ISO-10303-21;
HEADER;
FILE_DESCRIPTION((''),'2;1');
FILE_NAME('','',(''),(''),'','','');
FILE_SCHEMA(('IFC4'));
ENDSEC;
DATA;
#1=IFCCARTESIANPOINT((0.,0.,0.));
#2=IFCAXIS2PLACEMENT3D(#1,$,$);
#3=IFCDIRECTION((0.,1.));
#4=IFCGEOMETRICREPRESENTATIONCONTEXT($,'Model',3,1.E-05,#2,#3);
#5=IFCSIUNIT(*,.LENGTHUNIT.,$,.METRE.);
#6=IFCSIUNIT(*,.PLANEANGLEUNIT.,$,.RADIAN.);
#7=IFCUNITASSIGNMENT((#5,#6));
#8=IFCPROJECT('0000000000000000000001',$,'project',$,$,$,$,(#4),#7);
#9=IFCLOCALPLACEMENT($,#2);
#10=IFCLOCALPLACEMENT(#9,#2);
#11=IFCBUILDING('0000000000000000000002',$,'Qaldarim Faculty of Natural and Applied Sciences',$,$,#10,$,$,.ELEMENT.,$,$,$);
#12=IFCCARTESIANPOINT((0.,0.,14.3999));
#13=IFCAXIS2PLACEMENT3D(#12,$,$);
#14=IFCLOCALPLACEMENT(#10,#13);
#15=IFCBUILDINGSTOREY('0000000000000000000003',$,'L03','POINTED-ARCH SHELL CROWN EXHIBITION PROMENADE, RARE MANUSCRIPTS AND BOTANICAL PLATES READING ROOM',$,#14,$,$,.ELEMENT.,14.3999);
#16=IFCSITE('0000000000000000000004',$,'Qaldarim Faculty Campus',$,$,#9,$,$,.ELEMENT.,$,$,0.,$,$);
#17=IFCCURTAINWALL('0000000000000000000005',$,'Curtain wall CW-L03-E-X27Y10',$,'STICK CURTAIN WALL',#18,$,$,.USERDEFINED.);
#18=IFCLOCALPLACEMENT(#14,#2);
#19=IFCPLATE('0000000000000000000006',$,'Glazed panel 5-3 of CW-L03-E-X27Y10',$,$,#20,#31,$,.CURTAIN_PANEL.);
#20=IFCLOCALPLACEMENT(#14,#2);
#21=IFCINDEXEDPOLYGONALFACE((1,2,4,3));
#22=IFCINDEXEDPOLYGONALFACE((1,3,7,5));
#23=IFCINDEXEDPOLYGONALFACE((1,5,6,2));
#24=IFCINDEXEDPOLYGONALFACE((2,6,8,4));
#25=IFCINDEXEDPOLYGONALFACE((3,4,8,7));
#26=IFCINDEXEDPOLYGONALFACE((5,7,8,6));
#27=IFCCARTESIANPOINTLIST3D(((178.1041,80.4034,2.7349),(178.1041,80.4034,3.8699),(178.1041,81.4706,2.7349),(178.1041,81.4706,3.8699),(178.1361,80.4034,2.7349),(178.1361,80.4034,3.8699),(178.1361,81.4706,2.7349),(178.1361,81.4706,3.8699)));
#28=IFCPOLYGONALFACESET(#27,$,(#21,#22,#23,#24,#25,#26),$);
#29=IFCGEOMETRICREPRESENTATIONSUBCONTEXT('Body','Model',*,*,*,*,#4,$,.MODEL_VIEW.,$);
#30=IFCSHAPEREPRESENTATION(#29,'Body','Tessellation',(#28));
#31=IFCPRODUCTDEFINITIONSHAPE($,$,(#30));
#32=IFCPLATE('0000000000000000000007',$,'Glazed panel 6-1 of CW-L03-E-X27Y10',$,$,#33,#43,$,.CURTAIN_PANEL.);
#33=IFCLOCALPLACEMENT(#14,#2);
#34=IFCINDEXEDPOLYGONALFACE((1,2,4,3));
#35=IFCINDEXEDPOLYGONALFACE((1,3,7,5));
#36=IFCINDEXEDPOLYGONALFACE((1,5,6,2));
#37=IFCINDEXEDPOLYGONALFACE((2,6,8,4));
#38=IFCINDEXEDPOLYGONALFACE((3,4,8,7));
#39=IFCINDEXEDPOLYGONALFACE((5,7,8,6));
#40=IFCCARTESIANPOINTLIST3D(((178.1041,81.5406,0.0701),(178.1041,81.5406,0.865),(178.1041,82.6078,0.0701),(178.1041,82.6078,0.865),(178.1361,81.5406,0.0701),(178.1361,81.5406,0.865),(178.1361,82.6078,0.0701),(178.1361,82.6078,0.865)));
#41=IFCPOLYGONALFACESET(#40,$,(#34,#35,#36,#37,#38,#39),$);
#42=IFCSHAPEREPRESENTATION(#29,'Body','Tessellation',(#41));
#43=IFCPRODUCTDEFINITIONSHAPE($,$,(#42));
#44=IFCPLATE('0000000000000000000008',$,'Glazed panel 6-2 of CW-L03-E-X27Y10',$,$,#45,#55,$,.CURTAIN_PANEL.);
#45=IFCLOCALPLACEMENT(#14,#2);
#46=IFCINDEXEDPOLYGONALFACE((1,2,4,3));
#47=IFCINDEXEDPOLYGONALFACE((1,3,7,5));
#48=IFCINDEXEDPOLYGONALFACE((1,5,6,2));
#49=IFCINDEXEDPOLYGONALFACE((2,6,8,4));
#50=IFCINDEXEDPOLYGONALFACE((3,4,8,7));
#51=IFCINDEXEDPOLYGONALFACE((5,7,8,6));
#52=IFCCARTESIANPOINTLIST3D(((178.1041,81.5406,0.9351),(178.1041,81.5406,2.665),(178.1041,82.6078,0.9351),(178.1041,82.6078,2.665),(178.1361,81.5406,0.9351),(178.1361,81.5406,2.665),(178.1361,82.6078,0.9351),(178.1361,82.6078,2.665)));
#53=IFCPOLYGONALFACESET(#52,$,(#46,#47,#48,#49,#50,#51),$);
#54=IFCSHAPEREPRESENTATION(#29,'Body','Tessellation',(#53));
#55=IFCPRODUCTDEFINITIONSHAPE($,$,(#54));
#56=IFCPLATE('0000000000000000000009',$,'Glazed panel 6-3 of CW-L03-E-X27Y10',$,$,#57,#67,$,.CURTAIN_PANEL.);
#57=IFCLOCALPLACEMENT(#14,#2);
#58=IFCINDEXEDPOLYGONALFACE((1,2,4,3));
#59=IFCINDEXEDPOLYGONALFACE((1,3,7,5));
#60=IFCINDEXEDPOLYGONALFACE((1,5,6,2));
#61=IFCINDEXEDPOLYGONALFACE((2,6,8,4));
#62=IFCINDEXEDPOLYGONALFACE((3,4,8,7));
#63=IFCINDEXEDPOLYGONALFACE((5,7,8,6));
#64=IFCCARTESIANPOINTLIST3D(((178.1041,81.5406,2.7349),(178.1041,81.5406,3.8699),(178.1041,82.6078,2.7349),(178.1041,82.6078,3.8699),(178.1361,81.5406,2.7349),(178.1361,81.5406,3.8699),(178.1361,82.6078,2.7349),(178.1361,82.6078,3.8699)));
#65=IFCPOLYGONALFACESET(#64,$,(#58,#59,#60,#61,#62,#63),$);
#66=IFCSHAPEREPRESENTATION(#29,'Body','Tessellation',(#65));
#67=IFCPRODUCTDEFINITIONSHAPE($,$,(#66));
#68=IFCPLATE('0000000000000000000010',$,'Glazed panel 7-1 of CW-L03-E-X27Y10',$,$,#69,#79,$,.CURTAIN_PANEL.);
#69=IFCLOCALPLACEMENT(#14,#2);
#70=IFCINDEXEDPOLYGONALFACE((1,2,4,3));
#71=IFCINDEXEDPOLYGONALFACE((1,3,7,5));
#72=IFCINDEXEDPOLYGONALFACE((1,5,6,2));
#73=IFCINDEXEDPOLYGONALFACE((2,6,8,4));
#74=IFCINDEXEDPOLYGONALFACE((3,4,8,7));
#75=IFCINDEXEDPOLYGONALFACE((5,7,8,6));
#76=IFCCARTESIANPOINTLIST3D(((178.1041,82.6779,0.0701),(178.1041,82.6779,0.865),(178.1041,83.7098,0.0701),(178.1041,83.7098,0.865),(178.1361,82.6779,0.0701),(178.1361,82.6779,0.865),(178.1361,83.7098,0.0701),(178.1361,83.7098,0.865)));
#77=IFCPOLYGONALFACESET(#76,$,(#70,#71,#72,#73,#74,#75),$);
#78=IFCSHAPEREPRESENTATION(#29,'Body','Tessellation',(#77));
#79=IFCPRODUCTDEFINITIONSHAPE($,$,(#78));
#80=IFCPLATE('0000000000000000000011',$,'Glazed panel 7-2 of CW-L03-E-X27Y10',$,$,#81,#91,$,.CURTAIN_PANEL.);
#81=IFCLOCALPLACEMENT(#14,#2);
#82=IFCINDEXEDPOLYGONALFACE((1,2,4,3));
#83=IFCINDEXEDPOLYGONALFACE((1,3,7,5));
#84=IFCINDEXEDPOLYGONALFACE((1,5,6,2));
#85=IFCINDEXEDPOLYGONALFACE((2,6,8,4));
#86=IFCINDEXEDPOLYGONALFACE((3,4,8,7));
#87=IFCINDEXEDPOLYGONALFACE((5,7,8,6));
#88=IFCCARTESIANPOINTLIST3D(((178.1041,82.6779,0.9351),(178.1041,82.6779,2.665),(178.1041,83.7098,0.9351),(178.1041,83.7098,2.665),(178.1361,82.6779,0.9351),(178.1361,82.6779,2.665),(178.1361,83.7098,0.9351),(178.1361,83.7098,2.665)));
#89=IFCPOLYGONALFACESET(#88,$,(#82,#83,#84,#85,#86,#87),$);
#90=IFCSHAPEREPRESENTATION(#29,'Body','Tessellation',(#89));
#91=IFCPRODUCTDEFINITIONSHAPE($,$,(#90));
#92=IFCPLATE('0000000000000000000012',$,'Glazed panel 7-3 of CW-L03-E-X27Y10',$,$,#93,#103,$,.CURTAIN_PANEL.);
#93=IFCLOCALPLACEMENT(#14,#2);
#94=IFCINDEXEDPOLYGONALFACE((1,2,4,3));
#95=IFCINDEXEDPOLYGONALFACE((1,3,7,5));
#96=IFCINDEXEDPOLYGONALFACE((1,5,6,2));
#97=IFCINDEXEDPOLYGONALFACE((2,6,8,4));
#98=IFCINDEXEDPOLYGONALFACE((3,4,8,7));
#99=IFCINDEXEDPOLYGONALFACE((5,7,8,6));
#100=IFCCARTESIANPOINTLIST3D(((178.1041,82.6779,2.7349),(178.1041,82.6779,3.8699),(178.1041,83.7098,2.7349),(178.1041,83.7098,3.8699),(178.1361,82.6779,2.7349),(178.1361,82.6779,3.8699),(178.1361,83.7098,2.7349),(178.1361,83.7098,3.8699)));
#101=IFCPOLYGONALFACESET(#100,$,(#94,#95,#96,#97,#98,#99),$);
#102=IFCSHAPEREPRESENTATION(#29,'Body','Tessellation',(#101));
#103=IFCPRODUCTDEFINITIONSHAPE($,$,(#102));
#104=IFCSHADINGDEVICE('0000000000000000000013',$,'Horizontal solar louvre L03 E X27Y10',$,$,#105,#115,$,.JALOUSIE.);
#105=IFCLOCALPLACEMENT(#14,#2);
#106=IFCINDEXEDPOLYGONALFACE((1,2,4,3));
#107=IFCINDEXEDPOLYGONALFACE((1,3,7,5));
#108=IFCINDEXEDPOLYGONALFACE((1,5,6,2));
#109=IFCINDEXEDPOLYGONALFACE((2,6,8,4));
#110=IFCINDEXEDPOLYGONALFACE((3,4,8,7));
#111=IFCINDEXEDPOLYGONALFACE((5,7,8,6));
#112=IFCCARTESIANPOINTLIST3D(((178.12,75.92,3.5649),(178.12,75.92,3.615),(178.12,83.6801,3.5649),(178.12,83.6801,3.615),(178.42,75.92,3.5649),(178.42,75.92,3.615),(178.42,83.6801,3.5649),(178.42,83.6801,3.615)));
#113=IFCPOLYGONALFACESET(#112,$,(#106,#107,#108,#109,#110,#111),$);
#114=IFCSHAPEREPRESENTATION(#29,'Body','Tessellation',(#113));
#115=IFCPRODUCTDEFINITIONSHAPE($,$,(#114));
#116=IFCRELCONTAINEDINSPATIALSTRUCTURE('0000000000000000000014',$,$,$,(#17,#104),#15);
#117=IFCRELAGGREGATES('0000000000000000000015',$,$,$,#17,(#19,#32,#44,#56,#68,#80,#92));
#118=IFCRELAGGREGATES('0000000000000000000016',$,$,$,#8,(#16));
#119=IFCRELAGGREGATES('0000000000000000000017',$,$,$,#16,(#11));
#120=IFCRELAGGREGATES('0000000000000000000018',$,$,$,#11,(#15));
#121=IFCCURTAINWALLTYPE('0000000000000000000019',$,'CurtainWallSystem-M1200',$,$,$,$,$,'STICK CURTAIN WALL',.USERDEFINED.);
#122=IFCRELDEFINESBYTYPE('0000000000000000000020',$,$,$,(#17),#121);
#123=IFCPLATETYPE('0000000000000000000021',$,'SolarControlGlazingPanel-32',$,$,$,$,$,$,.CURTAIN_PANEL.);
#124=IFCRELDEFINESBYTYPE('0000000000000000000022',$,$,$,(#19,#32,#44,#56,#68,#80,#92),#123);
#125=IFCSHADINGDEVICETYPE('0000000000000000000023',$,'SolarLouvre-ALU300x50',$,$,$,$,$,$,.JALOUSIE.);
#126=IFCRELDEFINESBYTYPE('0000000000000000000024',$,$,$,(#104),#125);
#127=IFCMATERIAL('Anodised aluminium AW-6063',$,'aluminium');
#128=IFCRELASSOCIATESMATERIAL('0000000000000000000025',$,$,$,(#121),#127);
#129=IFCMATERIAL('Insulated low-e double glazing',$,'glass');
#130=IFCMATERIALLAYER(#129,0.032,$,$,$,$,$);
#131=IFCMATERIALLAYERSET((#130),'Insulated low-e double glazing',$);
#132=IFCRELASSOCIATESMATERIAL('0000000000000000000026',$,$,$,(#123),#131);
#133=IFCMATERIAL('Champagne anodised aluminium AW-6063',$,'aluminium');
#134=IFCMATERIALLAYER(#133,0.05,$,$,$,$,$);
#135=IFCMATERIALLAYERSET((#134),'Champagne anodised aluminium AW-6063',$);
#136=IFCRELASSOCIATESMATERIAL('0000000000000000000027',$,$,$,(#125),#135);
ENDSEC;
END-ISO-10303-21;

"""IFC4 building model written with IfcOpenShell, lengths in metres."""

from ifc_helpers import new_model, si_unit, direction, frame, origin, origin_2d, place, context, subcontext, project, spatial, rectangle, extrude, material, layer, layer_set, type_object, element, aggregate, save


model = new_model("IFC4")

# Units and contexts
model_context = context("Model", 3, precision=1e-05, world=origin(), true_north=direction((0.0, 1.0)))
body_context = subcontext(model_context, "Body", "Model", "MODEL_VIEW")
ifc_project = project(units=[si_unit("LENGTHUNIT", "METRE"), si_unit("PLANEANGLEUNIT", "RADIAN")], contexts=[model_context])

# Site, building, storey
site_placement = place(None, origin())
site = spatial("IfcSite", under=ifc_project, at=site_placement, Name="Qaldarim Faculty Campus", CompositionType="ELEMENT", RefElevation=0.0)
building_placement = place(site_placement, origin())
building = spatial("IfcBuilding", under=site, at=building_placement, Name="Qaldarim Faculty of Natural and Applied Sciences", CompositionType="ELEMENT")
storey_placement = place(building_placement, frame((0.0, 0.0, 14.3999)))
storey = spatial("IfcBuildingStorey", under=building, at=storey_placement, Name="L03", Description="POINTED-ARCH SHELL CROWN EXHIBITION PROMENADE, RARE MANUSCRIPTS AND BOTANICAL PLATES READING ROOM", CompositionType="ELEMENT", Elevation=14.3999)

# Curtain wall, plates
ifc_material_1 = material(Name="Anodised aluminium AW-6063", Category="aluminium")
curtain_wall_type = type_object("IfcCurtainWallType", Name="CurtainWallSystem-M1200", ElementType="STICK CURTAIN WALL", PredefinedType="USERDEFINED", material=ifc_material_1)
curtain_wall_placement = place(storey_placement, origin())
curtain_wall = element("IfcCurtainWall", 1, at=curtain_wall_placement, inside=storey, type_object=curtain_wall_type, Name="Curtain wall CW-L03-E-X27Y10", ObjectType="STICK CURTAIN WALL", PredefinedType="USERDEFINED")
ifc_material_2 = material(Name="Insulated low-e double glazing", Category="glass")
ifc_layer_1 = layer(ifc_material_2, 0.032)
ifc_layer_set_1 = layer_set([ifc_layer_1], Name="Insulated low-e double glazing")
plate_type = type_object("IfcPlateType", Name="SolarControlGlazingPanel-32", PredefinedType="CURTAIN_PANEL", material=ifc_layer_set_1)
plate_1_placement = place(storey_placement, frame((178.1201, 80.937, 2.7349), z_axis=(0.0, 0.0, 1.0), x_axis=(0.0, 1.0, 0.0)))
plate_1 = element("IfcPlate", 2, at=plate_1_placement, type_object=plate_type, Name="Glazed panel 5-3 of CW-L03-E-X27Y10", PredefinedType="CURTAIN_PANEL", context=body_context, shape_type="SweptSolid", body=[
    extrude(rectangle(XDim=1.0671, YDim=0.032, at=origin_2d()), origin(), (0.0, 0.0, 1.0), 1.135),
])
plate_2_placement = place(storey_placement, frame((178.1201, 82.0742, 0.0701), z_axis=(0.0, 0.0, 1.0), x_axis=(0.0, 1.0, 0.0)))
plate_2 = element("IfcPlate", 3, at=plate_2_placement, type_object=plate_type, Name="Glazed panel 6-1 of CW-L03-E-X27Y10", PredefinedType="CURTAIN_PANEL", context=body_context, shape_type="SweptSolid", body=[
    extrude(rectangle(XDim=1.0671, YDim=0.032, at=origin_2d()), origin(), (0.0, 0.0, 1.0), 0.7949),
])
plate_3_placement = place(storey_placement, frame((178.1201, 82.0742, 0.9351), z_axis=(0.0, 0.0, 1.0), x_axis=(0.0, 1.0, 0.0)))
plate_3 = element("IfcPlate", 4, at=plate_3_placement, type_object=plate_type, Name="Glazed panel 6-2 of CW-L03-E-X27Y10", PredefinedType="CURTAIN_PANEL", context=body_context, shape_type="SweptSolid", body=[
    extrude(rectangle(XDim=1.0671, YDim=0.032, at=origin_2d()), origin(), (0.0, 0.0, 1.0), 1.73),
])
plate_4_placement = place(storey_placement, frame((178.1201, 82.0742, 2.7349), z_axis=(0.0, 0.0, 1.0), x_axis=(0.0, 1.0, 0.0)))
plate_4 = element("IfcPlate", 5, at=plate_4_placement, type_object=plate_type, Name="Glazed panel 6-3 of CW-L03-E-X27Y10", PredefinedType="CURTAIN_PANEL", context=body_context, shape_type="SweptSolid", body=[
    extrude(rectangle(XDim=1.0671, YDim=0.032, at=origin_2d()), origin(), (0.0, 0.0, 1.0), 1.135),
])
plate_5_placement = place(storey_placement, frame((178.1201, 83.1938, 0.0701), z_axis=(0.0, 0.0, 1.0), x_axis=(0.0, 1.0, 0.0)))
plate_5 = element("IfcPlate", 6, at=plate_5_placement, type_object=plate_type, Name="Glazed panel 7-1 of CW-L03-E-X27Y10", PredefinedType="CURTAIN_PANEL", context=body_context, shape_type="SweptSolid", body=[
    extrude(rectangle(XDim=1.032, YDim=0.032, at=origin_2d()), origin(), (0.0, 0.0, 1.0), 0.7949),
])
plate_6_placement = place(storey_placement, frame((178.1201, 83.1938, 0.9351), z_axis=(0.0, 0.0, 1.0), x_axis=(0.0, 1.0, 0.0)))
plate_6 = element("IfcPlate", 7, at=plate_6_placement, type_object=plate_type, Name="Glazed panel 7-2 of CW-L03-E-X27Y10", PredefinedType="CURTAIN_PANEL", context=body_context, shape_type="SweptSolid", body=[
    extrude(rectangle(XDim=1.032, YDim=0.032, at=origin_2d()), origin(), (0.0, 0.0, 1.0), 1.73),
])
plate_7_placement = place(storey_placement, frame((178.1201, 83.1938, 2.7349), z_axis=(0.0, 0.0, 1.0), x_axis=(0.0, 1.0, 0.0)))
plate_7 = element("IfcPlate", 8, at=plate_7_placement, type_object=plate_type, Name="Glazed panel 7-3 of CW-L03-E-X27Y10", PredefinedType="CURTAIN_PANEL", context=body_context, shape_type="SweptSolid", body=[
    extrude(rectangle(XDim=1.032, YDim=0.032, at=origin_2d()), origin(), (0.0, 0.0, 1.0), 1.135),
])
aggregate(curtain_wall, [plate_1, plate_2, plate_3, plate_4, plate_5, plate_6, plate_7])

# Shading device
ifc_material_3 = material(Name="Champagne anodised aluminium AW-6063", Category="aluminium")
ifc_layer_2 = layer(ifc_material_3, 0.05)
ifc_layer_set_2 = layer_set([ifc_layer_2], Name="Champagne anodised aluminium AW-6063")
shading_device_type = type_object("IfcShadingDeviceType", Name="SolarLouvre-ALU300x50", PredefinedType="JALOUSIE", material=ifc_layer_set_2)
shading_device_placement = place(storey_placement, frame((178.27, 79.8, 3.5649), z_axis=(0.0, 0.0, 1.0), x_axis=(0.0, 1.0, 0.0)))
element("IfcShadingDevice", 9, at=shading_device_placement, inside=storey, type_object=shading_device_type, Name="Horizontal solar louvre L03 E X27Y10", PredefinedType="JALOUSIE", context=body_context, shape_type="SweptSolid", body=[
    extrude(rectangle(XDim=7.76, YDim=0.3, at=origin_2d()), origin(), (0.0, 0.0, 1.0), 0.05),
])

save(model, "model.ifc")
